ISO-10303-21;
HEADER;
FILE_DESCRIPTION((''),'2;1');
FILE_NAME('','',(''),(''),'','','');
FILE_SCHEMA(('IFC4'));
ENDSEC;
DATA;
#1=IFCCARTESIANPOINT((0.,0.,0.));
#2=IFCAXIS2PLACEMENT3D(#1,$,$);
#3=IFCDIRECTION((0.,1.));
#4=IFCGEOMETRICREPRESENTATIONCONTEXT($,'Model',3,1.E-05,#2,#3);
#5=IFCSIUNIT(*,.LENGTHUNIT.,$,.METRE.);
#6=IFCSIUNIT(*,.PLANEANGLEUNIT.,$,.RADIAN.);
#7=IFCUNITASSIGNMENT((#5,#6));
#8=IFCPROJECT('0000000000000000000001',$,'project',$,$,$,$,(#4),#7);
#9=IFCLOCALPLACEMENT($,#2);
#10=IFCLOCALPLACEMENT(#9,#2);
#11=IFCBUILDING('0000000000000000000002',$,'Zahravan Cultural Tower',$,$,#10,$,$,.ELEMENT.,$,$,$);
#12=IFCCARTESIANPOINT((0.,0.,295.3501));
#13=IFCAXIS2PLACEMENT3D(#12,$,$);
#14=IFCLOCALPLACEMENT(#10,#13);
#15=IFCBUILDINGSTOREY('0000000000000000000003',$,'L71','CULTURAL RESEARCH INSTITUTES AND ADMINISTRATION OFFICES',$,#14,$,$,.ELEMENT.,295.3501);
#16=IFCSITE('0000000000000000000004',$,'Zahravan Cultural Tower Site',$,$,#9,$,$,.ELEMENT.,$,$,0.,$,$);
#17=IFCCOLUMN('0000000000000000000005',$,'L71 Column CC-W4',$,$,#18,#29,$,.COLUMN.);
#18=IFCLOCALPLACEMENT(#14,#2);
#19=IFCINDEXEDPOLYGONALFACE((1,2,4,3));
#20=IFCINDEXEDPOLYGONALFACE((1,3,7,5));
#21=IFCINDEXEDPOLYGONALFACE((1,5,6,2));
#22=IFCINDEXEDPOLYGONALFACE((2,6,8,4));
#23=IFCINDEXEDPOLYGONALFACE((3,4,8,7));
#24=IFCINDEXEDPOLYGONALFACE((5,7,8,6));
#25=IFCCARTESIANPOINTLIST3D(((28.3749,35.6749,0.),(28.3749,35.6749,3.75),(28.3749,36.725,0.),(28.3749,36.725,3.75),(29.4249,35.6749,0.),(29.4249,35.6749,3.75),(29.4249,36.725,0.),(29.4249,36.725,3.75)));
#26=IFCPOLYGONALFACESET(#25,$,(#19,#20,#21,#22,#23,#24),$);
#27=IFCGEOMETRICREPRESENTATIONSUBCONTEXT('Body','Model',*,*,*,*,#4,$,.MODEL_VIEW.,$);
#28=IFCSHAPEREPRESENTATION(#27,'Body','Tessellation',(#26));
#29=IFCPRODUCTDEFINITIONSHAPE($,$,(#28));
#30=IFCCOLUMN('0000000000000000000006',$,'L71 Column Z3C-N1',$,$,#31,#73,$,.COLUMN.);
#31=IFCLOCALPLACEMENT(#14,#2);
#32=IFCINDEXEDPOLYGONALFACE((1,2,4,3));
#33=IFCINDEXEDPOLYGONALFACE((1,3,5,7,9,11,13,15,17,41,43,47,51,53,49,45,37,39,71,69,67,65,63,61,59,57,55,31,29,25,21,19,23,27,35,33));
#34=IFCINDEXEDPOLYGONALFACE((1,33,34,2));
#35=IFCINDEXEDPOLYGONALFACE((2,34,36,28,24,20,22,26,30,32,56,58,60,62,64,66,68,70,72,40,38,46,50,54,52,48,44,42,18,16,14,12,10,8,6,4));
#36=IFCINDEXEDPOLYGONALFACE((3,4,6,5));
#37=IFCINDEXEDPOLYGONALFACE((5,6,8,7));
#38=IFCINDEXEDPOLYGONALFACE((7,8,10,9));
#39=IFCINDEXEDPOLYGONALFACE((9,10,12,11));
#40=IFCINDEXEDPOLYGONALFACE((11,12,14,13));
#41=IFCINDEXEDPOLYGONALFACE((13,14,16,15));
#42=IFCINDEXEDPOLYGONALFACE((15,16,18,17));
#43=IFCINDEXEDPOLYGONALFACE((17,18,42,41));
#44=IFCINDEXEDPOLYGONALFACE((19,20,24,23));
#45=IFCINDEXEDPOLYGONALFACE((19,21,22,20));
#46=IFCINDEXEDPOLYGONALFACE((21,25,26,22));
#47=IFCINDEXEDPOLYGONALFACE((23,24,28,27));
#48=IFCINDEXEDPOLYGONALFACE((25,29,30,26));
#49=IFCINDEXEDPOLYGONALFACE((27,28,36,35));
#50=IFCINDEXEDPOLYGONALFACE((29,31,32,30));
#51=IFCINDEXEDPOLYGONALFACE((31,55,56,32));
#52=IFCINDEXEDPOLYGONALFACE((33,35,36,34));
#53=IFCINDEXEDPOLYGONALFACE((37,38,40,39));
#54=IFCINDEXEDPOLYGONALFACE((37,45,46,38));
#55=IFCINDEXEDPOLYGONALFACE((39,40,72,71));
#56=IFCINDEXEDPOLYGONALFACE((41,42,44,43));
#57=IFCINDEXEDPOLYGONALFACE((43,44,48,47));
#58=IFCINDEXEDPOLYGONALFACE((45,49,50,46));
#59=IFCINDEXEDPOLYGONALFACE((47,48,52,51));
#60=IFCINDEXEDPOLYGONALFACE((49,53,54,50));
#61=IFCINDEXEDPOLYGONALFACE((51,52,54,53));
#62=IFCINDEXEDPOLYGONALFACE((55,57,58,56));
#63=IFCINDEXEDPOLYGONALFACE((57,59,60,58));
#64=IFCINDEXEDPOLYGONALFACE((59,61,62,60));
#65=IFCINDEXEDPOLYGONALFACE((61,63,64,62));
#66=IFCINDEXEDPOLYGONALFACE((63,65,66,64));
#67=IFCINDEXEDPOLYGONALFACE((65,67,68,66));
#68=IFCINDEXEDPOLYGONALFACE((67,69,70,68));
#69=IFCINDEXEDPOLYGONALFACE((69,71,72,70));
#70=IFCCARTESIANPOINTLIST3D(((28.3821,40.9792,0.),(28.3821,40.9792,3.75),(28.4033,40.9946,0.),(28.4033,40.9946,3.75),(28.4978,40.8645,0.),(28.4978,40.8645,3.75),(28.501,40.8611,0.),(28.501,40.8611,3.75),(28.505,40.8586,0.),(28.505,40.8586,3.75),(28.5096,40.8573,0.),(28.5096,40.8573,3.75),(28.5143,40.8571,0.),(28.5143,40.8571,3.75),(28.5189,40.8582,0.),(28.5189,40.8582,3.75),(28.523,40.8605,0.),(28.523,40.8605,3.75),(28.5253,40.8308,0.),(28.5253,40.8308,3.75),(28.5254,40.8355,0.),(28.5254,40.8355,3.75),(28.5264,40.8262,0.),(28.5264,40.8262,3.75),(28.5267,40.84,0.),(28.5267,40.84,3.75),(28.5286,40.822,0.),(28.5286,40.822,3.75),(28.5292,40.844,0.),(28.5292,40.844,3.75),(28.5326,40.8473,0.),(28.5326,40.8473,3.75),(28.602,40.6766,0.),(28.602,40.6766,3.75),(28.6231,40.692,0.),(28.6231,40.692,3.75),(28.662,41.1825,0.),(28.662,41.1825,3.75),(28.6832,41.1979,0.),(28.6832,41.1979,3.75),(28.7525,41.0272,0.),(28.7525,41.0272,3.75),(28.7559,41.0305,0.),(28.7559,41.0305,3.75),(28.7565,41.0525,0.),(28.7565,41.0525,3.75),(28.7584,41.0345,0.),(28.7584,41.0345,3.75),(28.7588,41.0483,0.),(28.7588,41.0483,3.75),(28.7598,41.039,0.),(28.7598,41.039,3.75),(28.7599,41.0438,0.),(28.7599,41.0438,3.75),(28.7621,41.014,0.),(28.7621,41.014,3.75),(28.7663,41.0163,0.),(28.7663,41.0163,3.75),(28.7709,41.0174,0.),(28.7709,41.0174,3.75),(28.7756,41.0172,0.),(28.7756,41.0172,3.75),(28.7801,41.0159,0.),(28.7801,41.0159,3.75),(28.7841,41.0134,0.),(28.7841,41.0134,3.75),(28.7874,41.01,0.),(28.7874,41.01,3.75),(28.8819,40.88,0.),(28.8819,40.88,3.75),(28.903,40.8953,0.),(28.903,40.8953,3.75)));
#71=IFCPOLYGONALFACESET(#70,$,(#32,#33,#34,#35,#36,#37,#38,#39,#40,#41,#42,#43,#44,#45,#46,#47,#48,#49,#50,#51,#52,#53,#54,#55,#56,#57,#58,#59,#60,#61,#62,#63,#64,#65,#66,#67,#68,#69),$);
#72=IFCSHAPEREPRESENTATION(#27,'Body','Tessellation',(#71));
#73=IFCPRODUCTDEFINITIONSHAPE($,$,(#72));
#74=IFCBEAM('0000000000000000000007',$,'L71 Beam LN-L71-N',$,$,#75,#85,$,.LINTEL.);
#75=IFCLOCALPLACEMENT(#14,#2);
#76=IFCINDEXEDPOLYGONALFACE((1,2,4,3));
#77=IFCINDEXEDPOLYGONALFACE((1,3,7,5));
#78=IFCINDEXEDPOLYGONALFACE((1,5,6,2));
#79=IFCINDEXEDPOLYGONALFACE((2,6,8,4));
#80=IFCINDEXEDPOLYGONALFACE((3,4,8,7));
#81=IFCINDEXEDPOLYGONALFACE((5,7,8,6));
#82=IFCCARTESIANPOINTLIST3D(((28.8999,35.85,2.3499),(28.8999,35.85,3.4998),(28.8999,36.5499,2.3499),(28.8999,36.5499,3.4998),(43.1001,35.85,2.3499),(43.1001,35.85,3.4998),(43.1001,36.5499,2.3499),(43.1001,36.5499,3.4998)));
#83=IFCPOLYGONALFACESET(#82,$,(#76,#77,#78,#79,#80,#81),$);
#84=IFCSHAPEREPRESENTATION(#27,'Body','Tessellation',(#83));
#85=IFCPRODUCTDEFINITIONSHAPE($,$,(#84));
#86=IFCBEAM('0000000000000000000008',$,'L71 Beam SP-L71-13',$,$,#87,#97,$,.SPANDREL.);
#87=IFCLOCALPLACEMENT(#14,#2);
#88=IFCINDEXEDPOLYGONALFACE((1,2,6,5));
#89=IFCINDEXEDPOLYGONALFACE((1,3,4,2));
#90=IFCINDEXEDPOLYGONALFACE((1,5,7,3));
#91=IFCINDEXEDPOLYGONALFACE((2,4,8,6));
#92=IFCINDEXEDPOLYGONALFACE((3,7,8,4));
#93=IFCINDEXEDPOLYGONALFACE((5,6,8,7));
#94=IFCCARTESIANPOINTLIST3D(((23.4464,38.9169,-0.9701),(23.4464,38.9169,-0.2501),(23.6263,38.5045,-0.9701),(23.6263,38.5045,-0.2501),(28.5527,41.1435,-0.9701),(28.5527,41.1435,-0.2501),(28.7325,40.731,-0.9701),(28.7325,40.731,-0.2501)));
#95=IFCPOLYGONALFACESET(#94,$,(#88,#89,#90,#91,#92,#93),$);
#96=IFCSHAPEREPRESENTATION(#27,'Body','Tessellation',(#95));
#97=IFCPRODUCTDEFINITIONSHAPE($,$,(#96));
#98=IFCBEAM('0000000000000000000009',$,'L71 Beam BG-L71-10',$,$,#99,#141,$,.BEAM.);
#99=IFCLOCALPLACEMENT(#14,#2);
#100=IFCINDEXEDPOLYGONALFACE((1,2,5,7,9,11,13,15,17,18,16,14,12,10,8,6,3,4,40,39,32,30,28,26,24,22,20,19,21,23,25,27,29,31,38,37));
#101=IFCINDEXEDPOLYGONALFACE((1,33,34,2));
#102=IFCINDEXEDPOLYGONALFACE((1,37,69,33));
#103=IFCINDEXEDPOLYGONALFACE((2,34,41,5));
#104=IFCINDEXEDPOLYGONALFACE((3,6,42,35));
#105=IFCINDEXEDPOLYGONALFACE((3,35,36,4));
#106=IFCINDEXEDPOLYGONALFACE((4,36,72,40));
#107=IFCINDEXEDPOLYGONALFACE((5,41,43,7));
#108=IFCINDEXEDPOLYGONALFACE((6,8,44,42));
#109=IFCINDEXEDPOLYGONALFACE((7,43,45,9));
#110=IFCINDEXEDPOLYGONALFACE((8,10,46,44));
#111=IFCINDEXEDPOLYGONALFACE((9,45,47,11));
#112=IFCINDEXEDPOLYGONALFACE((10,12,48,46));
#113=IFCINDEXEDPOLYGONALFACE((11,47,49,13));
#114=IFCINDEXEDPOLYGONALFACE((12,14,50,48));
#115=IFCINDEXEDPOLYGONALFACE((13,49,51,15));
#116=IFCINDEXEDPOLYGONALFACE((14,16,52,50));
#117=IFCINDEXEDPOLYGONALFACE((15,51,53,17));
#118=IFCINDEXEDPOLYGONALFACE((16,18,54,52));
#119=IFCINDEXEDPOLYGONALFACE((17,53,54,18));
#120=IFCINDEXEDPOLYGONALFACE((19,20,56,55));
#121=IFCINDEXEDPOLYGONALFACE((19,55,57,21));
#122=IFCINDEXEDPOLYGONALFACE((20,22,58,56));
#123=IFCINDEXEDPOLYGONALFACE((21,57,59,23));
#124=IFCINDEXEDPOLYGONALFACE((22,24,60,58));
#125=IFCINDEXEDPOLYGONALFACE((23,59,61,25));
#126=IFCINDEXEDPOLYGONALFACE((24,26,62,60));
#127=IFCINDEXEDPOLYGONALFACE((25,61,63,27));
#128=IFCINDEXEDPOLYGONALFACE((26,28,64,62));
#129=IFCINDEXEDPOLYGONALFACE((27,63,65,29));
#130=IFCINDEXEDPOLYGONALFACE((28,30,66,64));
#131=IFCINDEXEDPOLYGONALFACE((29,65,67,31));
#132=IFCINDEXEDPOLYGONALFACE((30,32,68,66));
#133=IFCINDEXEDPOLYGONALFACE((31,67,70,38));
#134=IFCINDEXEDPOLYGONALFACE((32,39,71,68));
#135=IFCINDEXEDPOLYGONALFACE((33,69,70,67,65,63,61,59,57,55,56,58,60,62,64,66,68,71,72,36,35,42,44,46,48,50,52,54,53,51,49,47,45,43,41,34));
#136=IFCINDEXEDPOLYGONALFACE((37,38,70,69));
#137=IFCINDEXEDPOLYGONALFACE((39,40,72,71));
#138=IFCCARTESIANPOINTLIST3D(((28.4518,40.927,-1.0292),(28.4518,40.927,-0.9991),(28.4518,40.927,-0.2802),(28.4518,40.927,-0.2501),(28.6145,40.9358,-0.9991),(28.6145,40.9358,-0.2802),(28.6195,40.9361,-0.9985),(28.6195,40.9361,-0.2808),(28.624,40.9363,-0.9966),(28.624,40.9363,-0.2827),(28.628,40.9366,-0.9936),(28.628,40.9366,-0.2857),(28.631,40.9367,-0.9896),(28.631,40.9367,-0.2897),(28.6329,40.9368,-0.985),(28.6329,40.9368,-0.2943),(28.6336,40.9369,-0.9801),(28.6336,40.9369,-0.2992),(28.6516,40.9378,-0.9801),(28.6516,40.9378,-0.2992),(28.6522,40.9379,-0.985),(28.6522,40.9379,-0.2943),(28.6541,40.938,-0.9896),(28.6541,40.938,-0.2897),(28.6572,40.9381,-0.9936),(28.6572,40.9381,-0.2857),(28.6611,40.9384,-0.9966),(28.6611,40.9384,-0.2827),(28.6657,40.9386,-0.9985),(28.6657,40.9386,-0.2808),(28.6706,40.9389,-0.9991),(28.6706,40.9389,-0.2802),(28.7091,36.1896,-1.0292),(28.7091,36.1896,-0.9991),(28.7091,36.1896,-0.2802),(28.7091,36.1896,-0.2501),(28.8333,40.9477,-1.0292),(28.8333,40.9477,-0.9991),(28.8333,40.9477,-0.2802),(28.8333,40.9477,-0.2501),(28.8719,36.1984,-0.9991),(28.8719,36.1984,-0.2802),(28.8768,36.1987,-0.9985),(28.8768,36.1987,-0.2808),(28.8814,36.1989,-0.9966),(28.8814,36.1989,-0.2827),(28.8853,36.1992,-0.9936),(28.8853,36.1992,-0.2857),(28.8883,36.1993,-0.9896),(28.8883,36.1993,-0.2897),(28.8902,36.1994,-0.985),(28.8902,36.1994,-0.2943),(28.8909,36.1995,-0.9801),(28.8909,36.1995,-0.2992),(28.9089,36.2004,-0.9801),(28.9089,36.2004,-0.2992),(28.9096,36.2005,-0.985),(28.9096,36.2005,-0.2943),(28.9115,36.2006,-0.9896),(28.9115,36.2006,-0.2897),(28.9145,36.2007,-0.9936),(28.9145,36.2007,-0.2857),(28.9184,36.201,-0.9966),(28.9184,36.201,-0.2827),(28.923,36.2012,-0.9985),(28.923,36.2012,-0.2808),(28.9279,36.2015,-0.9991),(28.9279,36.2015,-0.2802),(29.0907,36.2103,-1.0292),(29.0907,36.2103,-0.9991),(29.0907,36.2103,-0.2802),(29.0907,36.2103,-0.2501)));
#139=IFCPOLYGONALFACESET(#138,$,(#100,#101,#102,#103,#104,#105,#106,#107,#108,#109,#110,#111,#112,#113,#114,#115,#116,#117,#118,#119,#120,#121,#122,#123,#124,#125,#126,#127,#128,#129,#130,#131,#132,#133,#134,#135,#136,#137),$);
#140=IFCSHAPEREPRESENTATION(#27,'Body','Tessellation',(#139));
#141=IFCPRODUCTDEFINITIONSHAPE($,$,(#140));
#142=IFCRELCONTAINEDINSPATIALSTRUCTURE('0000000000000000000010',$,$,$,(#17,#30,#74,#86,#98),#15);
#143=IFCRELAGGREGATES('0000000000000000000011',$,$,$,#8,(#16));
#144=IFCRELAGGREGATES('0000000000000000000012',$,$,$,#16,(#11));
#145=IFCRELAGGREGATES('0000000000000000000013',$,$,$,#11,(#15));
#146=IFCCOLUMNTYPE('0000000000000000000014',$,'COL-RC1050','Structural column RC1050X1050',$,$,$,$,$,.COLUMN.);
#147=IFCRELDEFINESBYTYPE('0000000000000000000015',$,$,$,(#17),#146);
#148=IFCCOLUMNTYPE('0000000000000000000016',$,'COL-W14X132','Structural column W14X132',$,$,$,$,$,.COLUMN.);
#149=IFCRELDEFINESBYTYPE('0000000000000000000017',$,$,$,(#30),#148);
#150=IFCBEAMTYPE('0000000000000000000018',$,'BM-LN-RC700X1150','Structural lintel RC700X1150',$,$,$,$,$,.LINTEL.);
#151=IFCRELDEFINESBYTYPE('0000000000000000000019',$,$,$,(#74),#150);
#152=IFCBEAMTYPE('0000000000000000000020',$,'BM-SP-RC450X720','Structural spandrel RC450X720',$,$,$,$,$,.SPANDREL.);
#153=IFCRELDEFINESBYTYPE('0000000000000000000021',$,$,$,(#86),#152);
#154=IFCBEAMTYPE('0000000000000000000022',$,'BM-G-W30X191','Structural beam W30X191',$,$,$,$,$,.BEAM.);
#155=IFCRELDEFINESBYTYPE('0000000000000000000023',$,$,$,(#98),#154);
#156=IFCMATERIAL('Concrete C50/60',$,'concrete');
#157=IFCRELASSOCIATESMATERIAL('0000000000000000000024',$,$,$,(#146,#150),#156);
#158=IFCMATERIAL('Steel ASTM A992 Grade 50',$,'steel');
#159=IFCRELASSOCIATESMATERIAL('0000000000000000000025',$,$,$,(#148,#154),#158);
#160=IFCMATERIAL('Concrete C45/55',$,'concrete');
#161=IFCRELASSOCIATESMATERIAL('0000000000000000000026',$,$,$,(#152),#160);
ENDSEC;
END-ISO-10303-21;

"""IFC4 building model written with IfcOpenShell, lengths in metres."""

from ifc_helpers import new_model, si_unit, direction, frame, origin, origin_2d, place, context, subcontext, project, spatial, rectangle, i_section, extrude, source, transform, mapped, material, material_profile, profile_set, type_object, element, save


model = new_model("IFC4")

# Units and contexts
model_context = context("Model", 3, precision=1e-05, world=origin(), true_north=direction((0.0, 1.0)))
body_context = subcontext(model_context, "Body", "Model", "MODEL_VIEW")
ifc_project = project(units=[si_unit("LENGTHUNIT", "METRE"), si_unit("PLANEANGLEUNIT", "RADIAN")], contexts=[model_context])

# Site, building, storey
site_placement = place(None, origin())
site = spatial("IfcSite", under=ifc_project, at=site_placement, Name="Zahravan Cultural Tower Site", CompositionType="ELEMENT", RefElevation=0.0)
building_placement = place(site_placement, origin())
building = spatial("IfcBuilding", under=site, at=building_placement, Name="Zahravan Cultural Tower", CompositionType="ELEMENT")
storey_placement = place(building_placement, frame((0.0, 0.0, 295.3501)))
storey = spatial("IfcBuildingStorey", under=building, at=storey_placement, Name="L71", Description="CULTURAL RESEARCH INSTITUTES AND ADMINISTRATION OFFICES", CompositionType="ELEMENT", Elevation=295.3501)

# Columns
ifc_material_1 = material(Name="Concrete C50/60", Category="concrete")
ifc_material_profile_1 = material_profile(ifc_material_1, rectangle(XDim=1.05, YDim=1.05, at=origin_2d()), Name="RC1050X1050")
ifc_profile_set_1 = profile_set([ifc_material_profile_1], Name="Concrete C50/60")
column_type_1 = type_object("IfcColumnType", Name="COL-RC1050", Description="Structural column RC1050X1050", PredefinedType="COLUMN", material=ifc_profile_set_1)
shared_shape_1 = source(origin(), body_context, "Body", "SweptSolid", [
    extrude(rectangle(XDim=1.05, YDim=1.05, at=origin_2d()), origin(), (0.0, 0.0, 1.0), 3.75),
])
column_1_placement = place(storey_placement, frame((28.8999, 36.2, 0.0), z_axis=(0.0, 0.0, 1.0), x_axis=(1.0, 0.0, 0.0)))
element("IfcColumn", 1, at=column_1_placement, inside=storey, type_object=column_type_1, Name="L71 Column CC-W4", PredefinedType="COLUMN", context=body_context, shape_type="MappedRepresentation", body=[
    mapped(shared_shape_1, transform((0.0, 0.0, 0.0), x_axis=(1.0, 0.0, 0.0), y_axis=(0.0, 1.0, 0.0), z_axis=(0.0, 0.0, 1.0), scale=1.0)),
])
ifc_material_2 = material(Name="Steel ASTM A992 Grade 50", Category="steel")
ifc_material_profile_2 = material_profile(ifc_material_2, i_section(OverallWidth=0.374, OverallDepth=0.3721, WebThickness=0.0164, FlangeThickness=0.0261, FilletRadius=0.0181, at=origin_2d()), Name="W14X132")
ifc_profile_set_2 = profile_set([ifc_material_profile_2], Name="Steel ASTM A992 Grade 50")
column_type_2 = type_object("IfcColumnType", Name="COL-W14X132", Description="Structural column W14X132", PredefinedType="COLUMN", material=ifc_profile_set_2)
shared_shape_2 = source(origin(), body_context, "Body", "SweptSolid", [
    extrude(i_section(OverallWidth=0.374, OverallDepth=0.3721, WebThickness=0.0164, FlangeThickness=0.0261, FilletRadius=0.0181, at=origin_2d()), origin(), (0.0, 0.0, 1.0), 3.75),
])
column_2_placement = place(storey_placement, frame((28.6426, 40.9373, 0.0), z_axis=(0.0, 0.0, 1.0), x_axis=(-0.587785, 0.809017, 0.0)))
element("IfcColumn", 2, at=column_2_placement, inside=storey, type_object=column_type_2, Name="L71 Column Z3C-N1", PredefinedType="COLUMN", context=body_context, shape_type="MappedRepresentation", body=[
    mapped(shared_shape_2, transform((0.0, 0.0, 0.0), x_axis=(1.0, 0.0, 0.0), y_axis=(0.0, 1.0, 0.0), z_axis=(0.0, 0.0, 1.0), scale=1.0)),
])

# Beams
ifc_material_profile_3 = material_profile(ifc_material_1, rectangle(XDim=0.7, YDim=1.1499, at=origin_2d()), Name="RC700X1150")
ifc_profile_set_3 = profile_set([ifc_material_profile_3], Name="Concrete C50/60")
beam_type_1 = type_object("IfcBeamType", Name="BM-LN-RC700X1150", Description="Structural lintel RC700X1150", PredefinedType="LINTEL", material=ifc_profile_set_3)
shared_shape_3 = source(origin(), body_context, "Body", "SweptSolid", [
    extrude(rectangle(XDim=0.7, YDim=1.1499, at=origin_2d()), origin(), (0.0, 0.0, 1.0), 14.2002),
])
beam_1_placement = place(storey_placement, frame((28.8999, 36.2, 2.9248), z_axis=(1.0, 0.0, 0.0), x_axis=(0.0, 1.0, 0.0)))
element("IfcBeam", 3, at=beam_1_placement, inside=storey, type_object=beam_type_1, Name="L71 Beam LN-L71-N", PredefinedType="LINTEL", context=body_context, shape_type="MappedRepresentation", body=[
    mapped(shared_shape_3, transform((0.0, 0.0, 0.0), x_axis=(1.0, 0.0, 0.0), y_axis=(0.0, 1.0, 0.0), z_axis=(0.0, 0.0, 1.0), scale=1.0)),
])
ifc_material_3 = material(Name="Concrete C45/55", Category="concrete")
ifc_material_profile_4 = material_profile(ifc_material_3, rectangle(XDim=0.45, YDim=0.72, at=origin_2d()), Name="RC450X720")
ifc_profile_set_4 = profile_set([ifc_material_profile_4], Name="Concrete C45/55")
beam_type_2 = type_object("IfcBeamType", Name="BM-SP-RC450X720", Description="Structural spandrel RC450X720", PredefinedType="SPANDREL", material=ifc_profile_set_4)
shared_shape_4 = source(origin(), body_context, "Body", "SweptSolid", [
    extrude(rectangle(XDim=0.45, YDim=0.72, at=origin_2d()), origin(), (0.0, 0.0, 1.0), 5.5706),
])
beam_2_placement = place(storey_placement, frame((28.6426, 40.9373, -0.6101), z_axis=(-0.916645, -0.399703, 0.0), x_axis=(0.399703, -0.916645, 0.0)))
element("IfcBeam", 4, at=beam_2_placement, inside=storey, type_object=beam_type_2, Name="L71 Beam SP-L71-13", PredefinedType="SPANDREL", context=body_context, shape_type="MappedRepresentation", body=[
    mapped(shared_shape_4, transform((0.0, 0.0, 0.0), x_axis=(1.0, 0.0, 0.0), y_axis=(0.0, 1.0, 0.0), z_axis=(0.0, 0.0, 1.0), scale=1.0)),
])
ifc_material_profile_5 = material_profile(ifc_material_2, i_section(OverallWidth=0.3821, OverallDepth=0.7791, WebThickness=0.0181, FlangeThickness=0.03, FilletRadius=0.019, at=origin_2d()), Name="W30X191")
ifc_profile_set_5 = profile_set([ifc_material_profile_5], Name="Steel ASTM A992 Grade 50")
beam_type_3 = type_object("IfcBeamType", Name="BM-G-W30X191", Description="Structural beam W30X191", PredefinedType="BEAM", material=ifc_profile_set_5)
shared_shape_5 = source(origin(), body_context, "Body", "SweptSolid", [
    extrude(i_section(OverallWidth=0.3821, OverallDepth=0.7791, WebThickness=0.0181, FlangeThickness=0.03, FilletRadius=0.019, at=origin_2d()), origin(), (0.0, 0.0, 1.0), 4.7444),
])
beam_3_placement = place(storey_placement, frame((28.8999, 36.2, -0.6396), z_axis=(-0.054239, 0.998528, 0.0), x_axis=(-0.998528, -0.054239, 0.0)))
element("IfcBeam", 5, at=beam_3_placement, inside=storey, type_object=beam_type_3, Name="L71 Beam BG-L71-10", PredefinedType="BEAM", context=body_context, shape_type="MappedRepresentation", body=[
    mapped(shared_shape_5, transform((0.0, 0.0, 0.0), x_axis=(1.0, 0.0, 0.0), y_axis=(0.0, 1.0, 0.0), z_axis=(0.0, 0.0, 1.0), scale=1.0)),
])

save(model, "model.ifc")
